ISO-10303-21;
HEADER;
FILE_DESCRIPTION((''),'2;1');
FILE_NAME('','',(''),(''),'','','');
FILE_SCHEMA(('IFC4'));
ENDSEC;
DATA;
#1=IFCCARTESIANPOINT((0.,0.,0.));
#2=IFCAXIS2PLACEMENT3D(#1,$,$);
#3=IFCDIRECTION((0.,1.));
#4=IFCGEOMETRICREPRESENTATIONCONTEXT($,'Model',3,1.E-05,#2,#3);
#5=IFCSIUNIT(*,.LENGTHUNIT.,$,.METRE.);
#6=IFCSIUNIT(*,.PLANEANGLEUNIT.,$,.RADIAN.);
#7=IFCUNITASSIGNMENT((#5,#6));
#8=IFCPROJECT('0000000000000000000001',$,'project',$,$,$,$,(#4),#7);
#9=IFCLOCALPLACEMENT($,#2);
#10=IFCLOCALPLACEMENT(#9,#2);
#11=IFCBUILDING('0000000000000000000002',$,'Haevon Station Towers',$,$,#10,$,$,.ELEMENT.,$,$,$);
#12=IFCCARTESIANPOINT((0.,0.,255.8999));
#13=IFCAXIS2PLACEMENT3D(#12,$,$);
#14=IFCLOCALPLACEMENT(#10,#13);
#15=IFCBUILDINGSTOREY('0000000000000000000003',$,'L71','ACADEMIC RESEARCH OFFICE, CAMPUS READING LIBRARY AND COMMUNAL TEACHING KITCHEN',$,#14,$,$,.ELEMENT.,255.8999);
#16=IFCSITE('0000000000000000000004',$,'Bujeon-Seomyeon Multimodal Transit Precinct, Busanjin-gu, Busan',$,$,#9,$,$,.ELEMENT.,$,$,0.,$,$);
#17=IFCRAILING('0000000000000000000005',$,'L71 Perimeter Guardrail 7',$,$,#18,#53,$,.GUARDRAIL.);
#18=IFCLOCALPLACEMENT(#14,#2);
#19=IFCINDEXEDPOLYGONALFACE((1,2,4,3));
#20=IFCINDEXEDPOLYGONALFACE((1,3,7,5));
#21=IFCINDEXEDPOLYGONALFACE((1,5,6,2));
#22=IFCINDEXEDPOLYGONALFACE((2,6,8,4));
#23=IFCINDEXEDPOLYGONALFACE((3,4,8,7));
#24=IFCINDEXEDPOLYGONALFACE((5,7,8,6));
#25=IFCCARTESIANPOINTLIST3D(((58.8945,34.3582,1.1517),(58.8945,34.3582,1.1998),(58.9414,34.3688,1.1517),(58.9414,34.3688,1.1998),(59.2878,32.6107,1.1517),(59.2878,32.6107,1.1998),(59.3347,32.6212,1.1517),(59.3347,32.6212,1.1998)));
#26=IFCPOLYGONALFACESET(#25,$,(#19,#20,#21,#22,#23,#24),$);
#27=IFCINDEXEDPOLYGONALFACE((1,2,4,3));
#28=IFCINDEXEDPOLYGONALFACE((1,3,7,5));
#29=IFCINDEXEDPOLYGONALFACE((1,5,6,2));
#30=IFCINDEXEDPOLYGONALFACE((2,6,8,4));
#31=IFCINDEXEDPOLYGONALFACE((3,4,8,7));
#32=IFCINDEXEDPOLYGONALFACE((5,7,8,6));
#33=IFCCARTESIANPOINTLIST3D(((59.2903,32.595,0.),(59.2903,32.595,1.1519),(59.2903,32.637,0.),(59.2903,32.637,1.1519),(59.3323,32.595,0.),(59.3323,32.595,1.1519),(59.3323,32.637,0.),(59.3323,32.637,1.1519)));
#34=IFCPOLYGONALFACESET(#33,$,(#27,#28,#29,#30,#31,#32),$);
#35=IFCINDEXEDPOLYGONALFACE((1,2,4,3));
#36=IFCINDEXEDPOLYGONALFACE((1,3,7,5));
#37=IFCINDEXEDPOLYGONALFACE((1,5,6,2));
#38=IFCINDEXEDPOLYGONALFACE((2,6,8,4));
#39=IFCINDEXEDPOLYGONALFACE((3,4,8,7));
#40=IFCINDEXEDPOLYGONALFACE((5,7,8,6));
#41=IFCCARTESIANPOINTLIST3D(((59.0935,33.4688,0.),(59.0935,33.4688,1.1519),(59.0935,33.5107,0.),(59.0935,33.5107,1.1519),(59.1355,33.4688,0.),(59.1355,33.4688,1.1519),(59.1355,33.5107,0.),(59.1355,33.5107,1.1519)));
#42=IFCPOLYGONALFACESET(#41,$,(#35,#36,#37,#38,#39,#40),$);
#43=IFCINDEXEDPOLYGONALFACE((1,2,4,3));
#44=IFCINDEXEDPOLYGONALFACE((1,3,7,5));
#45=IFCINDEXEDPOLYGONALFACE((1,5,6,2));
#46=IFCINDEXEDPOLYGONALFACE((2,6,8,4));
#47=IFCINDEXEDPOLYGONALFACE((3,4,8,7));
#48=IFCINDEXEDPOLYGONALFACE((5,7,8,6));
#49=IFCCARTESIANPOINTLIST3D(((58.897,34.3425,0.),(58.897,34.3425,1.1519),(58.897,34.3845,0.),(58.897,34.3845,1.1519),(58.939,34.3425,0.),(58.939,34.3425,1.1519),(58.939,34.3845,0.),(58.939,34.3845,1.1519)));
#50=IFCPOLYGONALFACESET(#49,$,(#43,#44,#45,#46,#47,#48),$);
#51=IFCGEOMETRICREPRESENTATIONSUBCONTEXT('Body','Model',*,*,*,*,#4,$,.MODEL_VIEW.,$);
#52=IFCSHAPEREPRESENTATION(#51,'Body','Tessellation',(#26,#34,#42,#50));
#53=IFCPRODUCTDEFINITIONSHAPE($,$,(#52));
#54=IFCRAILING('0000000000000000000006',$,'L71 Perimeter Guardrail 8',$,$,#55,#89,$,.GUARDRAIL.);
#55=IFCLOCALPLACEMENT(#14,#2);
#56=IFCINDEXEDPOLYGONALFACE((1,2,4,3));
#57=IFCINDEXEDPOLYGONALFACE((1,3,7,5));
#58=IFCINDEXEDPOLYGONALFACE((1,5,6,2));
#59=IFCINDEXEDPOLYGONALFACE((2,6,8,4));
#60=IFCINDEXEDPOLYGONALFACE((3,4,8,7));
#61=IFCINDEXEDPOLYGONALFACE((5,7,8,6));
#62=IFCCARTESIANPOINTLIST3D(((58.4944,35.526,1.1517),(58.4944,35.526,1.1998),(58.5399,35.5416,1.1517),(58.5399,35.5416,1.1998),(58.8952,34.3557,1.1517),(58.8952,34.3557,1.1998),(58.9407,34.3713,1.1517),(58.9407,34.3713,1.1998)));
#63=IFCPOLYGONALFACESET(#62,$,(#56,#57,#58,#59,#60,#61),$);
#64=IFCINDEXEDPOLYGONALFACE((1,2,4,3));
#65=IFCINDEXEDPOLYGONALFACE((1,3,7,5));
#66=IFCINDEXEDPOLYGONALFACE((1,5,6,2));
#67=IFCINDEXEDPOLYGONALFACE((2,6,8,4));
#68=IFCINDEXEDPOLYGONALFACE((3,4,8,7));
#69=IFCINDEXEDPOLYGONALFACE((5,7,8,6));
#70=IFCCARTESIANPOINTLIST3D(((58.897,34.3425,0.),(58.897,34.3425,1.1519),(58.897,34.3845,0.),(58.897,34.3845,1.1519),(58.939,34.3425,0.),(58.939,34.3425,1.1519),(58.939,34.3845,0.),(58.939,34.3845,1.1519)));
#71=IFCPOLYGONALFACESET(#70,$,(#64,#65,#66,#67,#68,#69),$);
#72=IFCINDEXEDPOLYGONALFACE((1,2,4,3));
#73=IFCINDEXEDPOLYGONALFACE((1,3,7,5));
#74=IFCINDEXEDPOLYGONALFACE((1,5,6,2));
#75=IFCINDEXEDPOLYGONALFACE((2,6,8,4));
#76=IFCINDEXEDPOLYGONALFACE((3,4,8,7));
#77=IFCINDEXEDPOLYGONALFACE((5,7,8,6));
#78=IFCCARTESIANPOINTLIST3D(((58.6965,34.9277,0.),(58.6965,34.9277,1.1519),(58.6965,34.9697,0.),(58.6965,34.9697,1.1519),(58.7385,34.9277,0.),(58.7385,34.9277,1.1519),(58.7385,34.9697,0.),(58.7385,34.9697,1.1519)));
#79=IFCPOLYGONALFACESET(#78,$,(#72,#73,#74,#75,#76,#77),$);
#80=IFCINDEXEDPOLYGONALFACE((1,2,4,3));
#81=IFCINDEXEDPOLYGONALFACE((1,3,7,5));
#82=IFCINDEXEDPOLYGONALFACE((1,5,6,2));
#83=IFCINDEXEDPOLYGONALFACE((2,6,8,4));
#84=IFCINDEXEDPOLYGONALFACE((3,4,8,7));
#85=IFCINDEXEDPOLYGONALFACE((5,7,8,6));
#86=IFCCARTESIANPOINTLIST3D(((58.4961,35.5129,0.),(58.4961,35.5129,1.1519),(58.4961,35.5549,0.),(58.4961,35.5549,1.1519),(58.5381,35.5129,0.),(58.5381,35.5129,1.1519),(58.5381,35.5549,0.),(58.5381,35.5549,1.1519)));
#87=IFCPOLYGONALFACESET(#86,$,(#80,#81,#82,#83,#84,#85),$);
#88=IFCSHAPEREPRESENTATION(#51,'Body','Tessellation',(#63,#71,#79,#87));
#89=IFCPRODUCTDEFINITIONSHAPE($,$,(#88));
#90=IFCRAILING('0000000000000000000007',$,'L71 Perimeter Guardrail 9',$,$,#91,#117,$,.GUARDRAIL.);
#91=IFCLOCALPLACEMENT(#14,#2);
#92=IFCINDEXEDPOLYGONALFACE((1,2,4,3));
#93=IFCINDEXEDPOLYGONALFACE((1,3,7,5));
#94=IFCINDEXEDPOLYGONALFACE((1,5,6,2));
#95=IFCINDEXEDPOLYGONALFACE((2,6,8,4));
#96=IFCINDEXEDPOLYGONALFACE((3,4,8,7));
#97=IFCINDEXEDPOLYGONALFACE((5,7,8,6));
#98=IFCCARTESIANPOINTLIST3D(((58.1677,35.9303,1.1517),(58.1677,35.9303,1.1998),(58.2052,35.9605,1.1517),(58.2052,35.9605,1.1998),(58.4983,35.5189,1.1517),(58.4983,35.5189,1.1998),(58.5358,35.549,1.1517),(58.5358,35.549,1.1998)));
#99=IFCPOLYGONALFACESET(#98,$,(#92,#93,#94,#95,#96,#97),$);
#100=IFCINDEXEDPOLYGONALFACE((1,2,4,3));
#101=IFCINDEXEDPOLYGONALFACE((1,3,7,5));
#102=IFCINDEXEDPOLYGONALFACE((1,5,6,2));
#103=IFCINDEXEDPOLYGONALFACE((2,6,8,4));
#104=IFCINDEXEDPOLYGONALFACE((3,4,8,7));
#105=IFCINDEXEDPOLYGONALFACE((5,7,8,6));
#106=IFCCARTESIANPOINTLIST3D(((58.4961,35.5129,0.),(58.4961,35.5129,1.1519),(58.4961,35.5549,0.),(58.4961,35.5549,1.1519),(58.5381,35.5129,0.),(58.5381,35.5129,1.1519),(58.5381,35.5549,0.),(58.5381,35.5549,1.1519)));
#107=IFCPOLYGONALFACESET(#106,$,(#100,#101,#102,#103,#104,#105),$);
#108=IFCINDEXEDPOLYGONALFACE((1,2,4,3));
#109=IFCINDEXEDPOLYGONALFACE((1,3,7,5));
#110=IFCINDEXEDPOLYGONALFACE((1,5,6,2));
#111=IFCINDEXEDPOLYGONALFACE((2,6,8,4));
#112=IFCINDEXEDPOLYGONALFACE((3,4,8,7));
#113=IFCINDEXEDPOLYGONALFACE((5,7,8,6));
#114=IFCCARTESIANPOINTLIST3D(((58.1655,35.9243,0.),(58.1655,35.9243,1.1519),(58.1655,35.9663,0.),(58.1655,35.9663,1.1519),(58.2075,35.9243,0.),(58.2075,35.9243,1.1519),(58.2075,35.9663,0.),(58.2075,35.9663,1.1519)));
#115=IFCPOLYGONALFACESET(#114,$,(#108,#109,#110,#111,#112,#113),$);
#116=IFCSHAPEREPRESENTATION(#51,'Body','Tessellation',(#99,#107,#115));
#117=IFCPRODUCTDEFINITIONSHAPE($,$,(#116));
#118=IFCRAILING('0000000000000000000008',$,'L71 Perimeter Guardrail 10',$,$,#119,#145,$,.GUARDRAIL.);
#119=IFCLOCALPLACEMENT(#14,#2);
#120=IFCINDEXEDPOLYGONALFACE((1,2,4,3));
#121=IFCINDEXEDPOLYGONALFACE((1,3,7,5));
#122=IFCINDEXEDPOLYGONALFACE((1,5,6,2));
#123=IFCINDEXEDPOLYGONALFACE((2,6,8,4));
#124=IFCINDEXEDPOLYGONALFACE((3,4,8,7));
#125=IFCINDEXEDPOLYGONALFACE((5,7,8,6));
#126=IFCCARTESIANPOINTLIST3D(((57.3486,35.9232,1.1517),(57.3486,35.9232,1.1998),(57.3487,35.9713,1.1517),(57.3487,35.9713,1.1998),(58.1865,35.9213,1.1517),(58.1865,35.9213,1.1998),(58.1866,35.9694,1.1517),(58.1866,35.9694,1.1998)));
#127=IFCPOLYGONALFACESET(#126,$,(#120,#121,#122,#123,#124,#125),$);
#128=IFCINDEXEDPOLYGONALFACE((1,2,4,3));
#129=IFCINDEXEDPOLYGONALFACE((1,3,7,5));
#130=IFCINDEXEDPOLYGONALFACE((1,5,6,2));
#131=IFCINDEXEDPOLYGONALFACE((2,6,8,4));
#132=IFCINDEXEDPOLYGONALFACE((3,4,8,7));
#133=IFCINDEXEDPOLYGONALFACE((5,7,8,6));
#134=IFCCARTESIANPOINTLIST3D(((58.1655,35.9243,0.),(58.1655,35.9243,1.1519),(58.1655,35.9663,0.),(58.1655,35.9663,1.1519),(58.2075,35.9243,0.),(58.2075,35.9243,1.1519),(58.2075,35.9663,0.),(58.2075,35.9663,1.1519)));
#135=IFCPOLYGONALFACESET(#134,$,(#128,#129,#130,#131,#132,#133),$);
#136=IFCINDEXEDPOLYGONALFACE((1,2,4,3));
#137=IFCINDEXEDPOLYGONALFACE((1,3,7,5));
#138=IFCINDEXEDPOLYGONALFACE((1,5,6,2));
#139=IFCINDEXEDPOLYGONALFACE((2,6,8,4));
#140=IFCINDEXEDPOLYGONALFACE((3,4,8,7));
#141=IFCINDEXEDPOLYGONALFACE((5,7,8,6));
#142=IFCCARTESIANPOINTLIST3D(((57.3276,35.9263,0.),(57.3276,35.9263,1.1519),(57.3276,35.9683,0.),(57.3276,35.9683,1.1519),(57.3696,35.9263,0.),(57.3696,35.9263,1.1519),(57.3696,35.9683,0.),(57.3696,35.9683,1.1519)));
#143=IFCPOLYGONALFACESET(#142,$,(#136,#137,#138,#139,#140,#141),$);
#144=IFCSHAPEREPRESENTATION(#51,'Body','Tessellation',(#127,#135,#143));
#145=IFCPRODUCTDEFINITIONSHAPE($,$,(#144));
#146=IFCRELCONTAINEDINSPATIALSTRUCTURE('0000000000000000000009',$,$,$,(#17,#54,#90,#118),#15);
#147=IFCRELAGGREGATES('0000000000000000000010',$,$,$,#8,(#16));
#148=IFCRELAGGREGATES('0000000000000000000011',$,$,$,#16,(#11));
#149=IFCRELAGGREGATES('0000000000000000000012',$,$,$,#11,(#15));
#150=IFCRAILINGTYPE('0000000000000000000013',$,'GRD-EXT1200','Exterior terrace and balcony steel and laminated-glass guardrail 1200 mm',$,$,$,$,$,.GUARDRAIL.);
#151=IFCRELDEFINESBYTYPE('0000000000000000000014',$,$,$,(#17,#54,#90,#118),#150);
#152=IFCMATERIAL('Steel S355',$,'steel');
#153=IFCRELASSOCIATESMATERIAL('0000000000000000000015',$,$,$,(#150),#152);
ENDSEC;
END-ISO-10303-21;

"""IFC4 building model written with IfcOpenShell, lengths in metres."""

from ifc_helpers import new_model, si_unit, direction, frame, origin, origin_2d, place, context, subcontext, project, spatial, rectangle, extrude, material, type_object, element, save


model = new_model("IFC4")

# Units and contexts
model_context = context("Model", 3, precision=1e-05, world=origin(), true_north=direction((0.0, 1.0)))
body_context = subcontext(model_context, "Body", "Model", "MODEL_VIEW")
ifc_project = project(units=[si_unit("LENGTHUNIT", "METRE"), si_unit("PLANEANGLEUNIT", "RADIAN")], contexts=[model_context])

# Site, building, storey
site_placement = place(None, origin())
site = spatial("IfcSite", under=ifc_project, at=site_placement, Name="Bujeon-Seomyeon Multimodal Transit Precinct, Busanjin-gu, Busan", CompositionType="ELEMENT", RefElevation=0.0)
building_placement = place(site_placement, origin())
building = spatial("IfcBuilding", under=site, at=building_placement, Name="Haevon Station Towers", CompositionType="ELEMENT")
storey_placement = place(building_placement, frame((0.0, 0.0, 255.8999)))
storey = spatial("IfcBuildingStorey", under=building, at=storey_placement, Name="L71", Description="ACADEMIC RESEARCH OFFICE, CAMPUS READING LIBRARY AND COMMUNAL TEACHING KITCHEN", CompositionType="ELEMENT", Elevation=255.8999)

# Shared definitions
ifc_material_1 = material(Name="Steel S355", Category="steel")

# Railings
railing_type = type_object("IfcRailingType", Name="GRD-EXT1200", Description="Exterior terrace and balcony steel and laminated-glass guardrail 1200 mm", PredefinedType="GUARDRAIL", material=ifc_material_1)
railing_1_placement = place(storey_placement, frame((59.3113, 32.616, 0.0)))
element("IfcRailing", 1, at=railing_1_placement, inside=storey, type_object=railing_type, Name="L71 Perimeter Guardrail 7", PredefinedType="GUARDRAIL", context=body_context, shape_type="SweptSolid", body=[
    extrude(rectangle(XDim=0.0481, YDim=0.0481, at=origin_2d()), frame((0.0, 0.0, 1.1758), z_axis=(-0.219571, 0.975597, 0.0), x_axis=(-0.975597, -0.219571, 0.0)), (0.0, 0.0, 1.0), 1.7913),
    extrude(rectangle(XDim=0.042, YDim=0.042, at=origin_2d()), origin(), (0.0, 0.0, 1.0), 1.1519),
    extrude(rectangle(XDim=0.042, YDim=0.042, at=origin_2d()), frame((-0.1968, 0.8738, 0.0)), (0.0, 0.0, 1.0), 1.1519),
    extrude(rectangle(XDim=0.042, YDim=0.042, at=origin_2d()), frame((-0.3933, 1.7476, 0.0)), (0.0, 0.0, 1.0), 1.1519),
])
railing_2_placement = place(storey_placement, frame((58.918, 34.3635, 0.0)))
element("IfcRailing", 2, at=railing_2_placement, inside=storey, type_object=railing_type, Name="L71 Perimeter Guardrail 8", PredefinedType="GUARDRAIL", context=body_context, shape_type="SweptSolid", body=[
    extrude(rectangle(XDim=0.0481, YDim=0.0481, at=origin_2d()), frame((0.0, 0.0, 1.1758), z_axis=(-0.324032, 0.946046, 0.0), x_axis=(-0.946046, -0.324032, 0.0)), (0.0, 0.0, 1.0), 1.2371),
    extrude(rectangle(XDim=0.042, YDim=0.042, at=origin_2d()), origin(), (0.0, 0.0, 1.0), 1.1519),
    extrude(rectangle(XDim=0.042, YDim=0.042, at=origin_2d()), frame((-0.2004, 0.5852, 0.0)), (0.0, 0.0, 1.0), 1.1519),
    extrude(rectangle(XDim=0.042, YDim=0.042, at=origin_2d()), frame((-0.4009, 1.1704, 0.0)), (0.0, 0.0, 1.0), 1.1519),
])
railing_3_placement = place(storey_placement, frame((58.5171, 35.5339, 0.0)))
element("IfcRailing", 3, at=railing_3_placement, inside=storey, type_object=railing_type, Name="L71 Perimeter Guardrail 9", PredefinedType="GUARDRAIL", context=body_context, shape_type="SweptSolid", body=[
    extrude(rectangle(XDim=0.0481, YDim=0.0481, at=origin_2d()), frame((0.0, 0.0, 1.1758), z_axis=(-0.626386, 0.779513, 0.0), x_axis=(-0.779513, -0.626386, 0.0)), (0.0, 0.0, 1.0), 0.5278),
    extrude(rectangle(XDim=0.042, YDim=0.042, at=origin_2d()), origin(), (0.0, 0.0, 1.0), 1.1519),
    extrude(rectangle(XDim=0.042, YDim=0.042, at=origin_2d()), frame((-0.3306, 0.4114, 0.0)), (0.0, 0.0, 1.0), 1.1519),
])
railing_4_placement = place(storey_placement, frame((58.1865, 35.9453, 0.0)))
element("IfcRailing", 4, at=railing_4_placement, inside=storey, type_object=railing_type, Name="L71 Perimeter Guardrail 10", PredefinedType="GUARDRAIL", context=body_context, shape_type="SweptSolid", body=[
    extrude(rectangle(XDim=0.0481, YDim=0.0481, at=origin_2d()), frame((0.0, 0.0, 1.1758), z_axis=(-0.999997, 0.002331, 0.0), x_axis=(-0.002331, -0.999997, 0.0)), (0.0, 0.0, 1.0), 0.8379),
    extrude(rectangle(XDim=0.042, YDim=0.042, at=origin_2d()), origin(), (0.0, 0.0, 1.0), 1.1519),
    extrude(rectangle(XDim=0.042, YDim=0.042, at=origin_2d()), frame((-0.8379, 0.002, 0.0)), (0.0, 0.0, 1.0), 1.1519),
])

save(model, "model.ifc")
